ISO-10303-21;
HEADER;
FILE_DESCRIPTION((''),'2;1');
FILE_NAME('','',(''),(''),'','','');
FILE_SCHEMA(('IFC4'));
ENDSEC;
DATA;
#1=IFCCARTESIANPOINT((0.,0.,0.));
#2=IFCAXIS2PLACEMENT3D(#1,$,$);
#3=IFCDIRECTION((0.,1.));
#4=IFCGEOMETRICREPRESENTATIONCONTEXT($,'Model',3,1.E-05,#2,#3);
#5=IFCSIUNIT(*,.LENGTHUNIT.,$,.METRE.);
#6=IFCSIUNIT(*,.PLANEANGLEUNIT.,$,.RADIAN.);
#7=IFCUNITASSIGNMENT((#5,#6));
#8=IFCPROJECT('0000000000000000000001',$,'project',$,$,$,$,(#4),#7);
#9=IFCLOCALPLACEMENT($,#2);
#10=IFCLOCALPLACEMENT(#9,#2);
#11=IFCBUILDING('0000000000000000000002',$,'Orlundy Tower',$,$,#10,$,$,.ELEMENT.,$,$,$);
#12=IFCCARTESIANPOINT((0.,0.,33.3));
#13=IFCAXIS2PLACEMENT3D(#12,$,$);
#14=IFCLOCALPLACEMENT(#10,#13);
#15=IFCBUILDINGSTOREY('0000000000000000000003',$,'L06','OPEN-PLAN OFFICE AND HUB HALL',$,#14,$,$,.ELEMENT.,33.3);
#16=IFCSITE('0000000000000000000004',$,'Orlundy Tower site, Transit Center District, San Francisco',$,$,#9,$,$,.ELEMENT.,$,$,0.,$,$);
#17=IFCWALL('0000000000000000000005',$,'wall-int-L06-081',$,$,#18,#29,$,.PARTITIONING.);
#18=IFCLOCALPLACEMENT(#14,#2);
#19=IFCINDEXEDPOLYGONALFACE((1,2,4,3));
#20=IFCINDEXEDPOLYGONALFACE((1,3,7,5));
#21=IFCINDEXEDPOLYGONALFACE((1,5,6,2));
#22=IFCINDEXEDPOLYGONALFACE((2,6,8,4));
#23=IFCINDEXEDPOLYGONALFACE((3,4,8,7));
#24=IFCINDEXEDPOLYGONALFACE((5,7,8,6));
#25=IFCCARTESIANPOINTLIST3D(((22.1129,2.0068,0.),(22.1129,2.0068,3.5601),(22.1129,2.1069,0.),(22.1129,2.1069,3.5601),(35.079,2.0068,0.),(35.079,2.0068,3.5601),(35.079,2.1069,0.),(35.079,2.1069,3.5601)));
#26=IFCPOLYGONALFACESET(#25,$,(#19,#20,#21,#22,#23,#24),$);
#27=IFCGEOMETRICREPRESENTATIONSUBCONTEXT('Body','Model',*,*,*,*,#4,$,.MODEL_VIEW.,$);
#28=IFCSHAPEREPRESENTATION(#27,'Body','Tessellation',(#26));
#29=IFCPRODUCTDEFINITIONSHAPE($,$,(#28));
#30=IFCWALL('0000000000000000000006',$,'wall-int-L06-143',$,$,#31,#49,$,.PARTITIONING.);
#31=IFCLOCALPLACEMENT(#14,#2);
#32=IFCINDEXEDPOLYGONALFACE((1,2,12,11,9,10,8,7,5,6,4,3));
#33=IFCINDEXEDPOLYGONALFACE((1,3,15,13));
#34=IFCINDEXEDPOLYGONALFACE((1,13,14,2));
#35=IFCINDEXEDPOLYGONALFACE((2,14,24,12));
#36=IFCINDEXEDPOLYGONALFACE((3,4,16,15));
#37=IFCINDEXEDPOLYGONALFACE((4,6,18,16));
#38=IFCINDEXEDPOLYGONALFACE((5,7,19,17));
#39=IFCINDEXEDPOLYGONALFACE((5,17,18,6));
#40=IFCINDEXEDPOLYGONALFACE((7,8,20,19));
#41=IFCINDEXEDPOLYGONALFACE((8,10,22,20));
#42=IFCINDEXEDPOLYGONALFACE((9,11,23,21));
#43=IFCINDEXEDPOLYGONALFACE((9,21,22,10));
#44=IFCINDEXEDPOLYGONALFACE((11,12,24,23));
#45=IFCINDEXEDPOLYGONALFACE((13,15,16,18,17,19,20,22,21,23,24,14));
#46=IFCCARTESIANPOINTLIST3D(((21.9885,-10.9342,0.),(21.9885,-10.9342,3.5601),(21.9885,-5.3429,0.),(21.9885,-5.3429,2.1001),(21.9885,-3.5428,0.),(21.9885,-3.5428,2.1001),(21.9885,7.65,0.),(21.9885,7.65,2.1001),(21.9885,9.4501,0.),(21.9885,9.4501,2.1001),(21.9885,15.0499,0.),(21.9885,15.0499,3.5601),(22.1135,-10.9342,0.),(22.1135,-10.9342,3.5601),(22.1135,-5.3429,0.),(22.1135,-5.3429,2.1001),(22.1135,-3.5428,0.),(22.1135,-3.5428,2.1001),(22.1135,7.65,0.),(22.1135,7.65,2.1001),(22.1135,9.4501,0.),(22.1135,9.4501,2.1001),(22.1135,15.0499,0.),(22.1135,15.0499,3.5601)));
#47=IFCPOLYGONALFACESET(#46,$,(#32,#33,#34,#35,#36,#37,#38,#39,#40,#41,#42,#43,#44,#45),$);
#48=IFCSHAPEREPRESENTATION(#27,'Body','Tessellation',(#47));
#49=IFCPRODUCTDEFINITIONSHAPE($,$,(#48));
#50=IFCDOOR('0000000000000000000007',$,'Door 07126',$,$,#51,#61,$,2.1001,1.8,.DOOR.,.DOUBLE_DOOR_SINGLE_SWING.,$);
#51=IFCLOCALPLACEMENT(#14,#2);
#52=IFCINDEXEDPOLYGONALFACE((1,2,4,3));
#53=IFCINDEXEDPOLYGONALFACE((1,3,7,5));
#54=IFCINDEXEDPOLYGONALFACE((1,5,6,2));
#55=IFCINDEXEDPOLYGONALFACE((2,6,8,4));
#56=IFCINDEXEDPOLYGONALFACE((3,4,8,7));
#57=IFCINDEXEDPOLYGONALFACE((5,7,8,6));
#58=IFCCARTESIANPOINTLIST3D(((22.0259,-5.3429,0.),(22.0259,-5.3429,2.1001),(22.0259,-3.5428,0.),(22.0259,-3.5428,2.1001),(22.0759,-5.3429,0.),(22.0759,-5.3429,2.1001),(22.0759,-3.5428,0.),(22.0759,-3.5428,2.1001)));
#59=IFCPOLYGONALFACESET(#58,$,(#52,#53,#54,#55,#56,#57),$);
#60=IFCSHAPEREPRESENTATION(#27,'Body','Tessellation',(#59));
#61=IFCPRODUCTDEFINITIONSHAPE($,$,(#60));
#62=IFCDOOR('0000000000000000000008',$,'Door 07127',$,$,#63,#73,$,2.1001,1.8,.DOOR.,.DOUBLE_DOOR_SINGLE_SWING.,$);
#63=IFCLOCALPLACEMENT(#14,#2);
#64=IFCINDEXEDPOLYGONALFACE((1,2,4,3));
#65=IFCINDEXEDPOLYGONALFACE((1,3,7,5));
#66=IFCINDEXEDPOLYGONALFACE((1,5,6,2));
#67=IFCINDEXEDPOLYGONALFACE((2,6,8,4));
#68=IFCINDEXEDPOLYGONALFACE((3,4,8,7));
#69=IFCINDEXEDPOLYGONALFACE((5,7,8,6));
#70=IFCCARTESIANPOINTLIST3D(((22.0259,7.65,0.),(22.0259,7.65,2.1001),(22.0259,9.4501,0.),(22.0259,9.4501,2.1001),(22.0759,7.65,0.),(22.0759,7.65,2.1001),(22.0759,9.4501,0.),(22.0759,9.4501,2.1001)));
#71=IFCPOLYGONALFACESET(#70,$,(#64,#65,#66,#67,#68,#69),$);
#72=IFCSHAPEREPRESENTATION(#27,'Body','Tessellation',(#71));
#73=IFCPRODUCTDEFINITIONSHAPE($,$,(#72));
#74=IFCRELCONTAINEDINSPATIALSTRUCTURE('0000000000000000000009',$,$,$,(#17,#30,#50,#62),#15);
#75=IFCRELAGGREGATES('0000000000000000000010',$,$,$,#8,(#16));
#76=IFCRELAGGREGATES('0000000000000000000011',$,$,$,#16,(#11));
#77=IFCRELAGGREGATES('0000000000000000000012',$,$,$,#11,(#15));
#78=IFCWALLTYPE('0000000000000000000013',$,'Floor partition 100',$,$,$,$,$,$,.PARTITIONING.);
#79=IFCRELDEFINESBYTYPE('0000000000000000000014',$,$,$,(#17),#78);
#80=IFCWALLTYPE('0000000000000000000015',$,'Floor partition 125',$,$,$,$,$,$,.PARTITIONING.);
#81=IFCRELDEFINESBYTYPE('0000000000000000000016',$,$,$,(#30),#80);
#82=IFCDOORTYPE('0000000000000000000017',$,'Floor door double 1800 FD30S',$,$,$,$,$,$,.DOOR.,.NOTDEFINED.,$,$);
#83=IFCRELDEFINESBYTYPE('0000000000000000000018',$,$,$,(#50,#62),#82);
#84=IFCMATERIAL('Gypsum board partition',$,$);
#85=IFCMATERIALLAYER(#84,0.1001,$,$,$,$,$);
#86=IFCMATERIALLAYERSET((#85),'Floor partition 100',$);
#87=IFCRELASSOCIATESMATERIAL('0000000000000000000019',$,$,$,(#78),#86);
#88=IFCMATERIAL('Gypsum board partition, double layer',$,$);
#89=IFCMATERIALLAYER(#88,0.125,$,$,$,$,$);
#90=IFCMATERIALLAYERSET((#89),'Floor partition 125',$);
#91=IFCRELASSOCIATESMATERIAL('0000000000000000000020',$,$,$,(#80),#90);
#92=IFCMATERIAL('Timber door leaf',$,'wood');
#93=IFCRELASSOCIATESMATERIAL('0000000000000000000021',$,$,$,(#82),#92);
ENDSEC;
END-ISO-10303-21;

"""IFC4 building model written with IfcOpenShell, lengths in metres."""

from ifc_helpers import new_model, si_unit, direction, frame, frame_2d, origin, place, context, subcontext, project, spatial, rectangle, extrude, material, layer, layer_set, type_object, element, fill, save


model = new_model("IFC4")

# Units and contexts
model_context = context("Model", 3, precision=1e-05, world=origin(), true_north=direction((0.0, 1.0)))
body_context = subcontext(model_context, "Body", "Model", "MODEL_VIEW")
ifc_project = project(units=[si_unit("LENGTHUNIT", "METRE"), si_unit("PLANEANGLEUNIT", "RADIAN")], contexts=[model_context])

# Site, building, storey
site_placement = place(None, origin())
site = spatial("IfcSite", under=ifc_project, at=site_placement, Name="Orlundy Tower site, Transit Center District, San Francisco", CompositionType="ELEMENT", RefElevation=0.0)
building_placement = place(site_placement, origin())
building = spatial("IfcBuilding", under=site, at=building_placement, Name="Orlundy Tower", CompositionType="ELEMENT")
storey_placement = place(building_placement, frame((0.0, 0.0, 33.3)))
storey = spatial("IfcBuildingStorey", under=building, at=storey_placement, Name="L06", Description="OPEN-PLAN OFFICE AND HUB HALL", CompositionType="ELEMENT", Elevation=33.3)

# Wall
ifc_material_1 = material(Name="Gypsum board partition")
ifc_layer_1 = layer(ifc_material_1, 0.1001)
ifc_layer_set_1 = layer_set([ifc_layer_1], Name="Floor partition 100")
wall_type_1 = type_object("IfcWallType", Name="Floor partition 100", PredefinedType="PARTITIONING", material=ifc_layer_set_1)
wall_1_placement = place(storey_placement, frame((22.113, 2.0569, 0.0), z_axis=(0.0, 0.0, 1.0), x_axis=(1.0, 0.0, 0.0)))
element("IfcWall", 1, at=wall_1_placement, inside=storey, type_object=wall_type_1, Name="wall-int-L06-081", PredefinedType="PARTITIONING", context=body_context, shape_type="SweptSolid", body=[
    extrude(rectangle(XDim=12.9661, YDim=0.1001, at=frame_2d((6.4829, 0.0))), origin(), (0.0, 0.0, 1.0), 3.5601),
])

# Wall, openings, doors
ifc_material_2 = material(Name="Gypsum board partition, double layer")
ifc_layer_2 = layer(ifc_material_2, 0.125)
ifc_layer_set_2 = layer_set([ifc_layer_2], Name="Floor partition 125")
wall_type_2 = type_object("IfcWallType", Name="Floor partition 125", PredefinedType="PARTITIONING", material=ifc_layer_set_2)
wall_2_placement = place(storey_placement, frame((22.051, 15.05, 0.0), z_axis=(0.0, 0.0, 1.0), x_axis=(0.0, -1.0, 0.0)))
wall_2 = element("IfcWall", 2, at=wall_2_placement, inside=storey, type_object=wall_type_2, Name="wall-int-L06-143", PredefinedType="PARTITIONING", context=body_context, shape_type="SweptSolid", body=[
    extrude(rectangle(XDim=25.9841, YDim=0.125, at=frame_2d((12.9922, 0.0))), origin(), (0.0, 0.0, 1.0), 3.5601),
])
opening_1_placement = place(wall_2_placement, frame((18.593, 0.0, 0.0)))
opening_1 = element("IfcOpeningElement", 3, at=opening_1_placement, cuts=wall_2, PredefinedType="OPENING", context=body_context, shape_type="SweptSolid", body=[
    extrude(rectangle(XDim=1.8, YDim=2.1001, at=frame_2d((0.8999, 1.05))), frame((0.0, 0.0725, 0.0), z_axis=(0.0, -1.0, 0.0), x_axis=(1.0, 0.0, 0.0)), (0.0, 0.0, 1.0), 0.145),
])
opening_2_placement = place(wall_2_placement, frame((5.6001, 0.0, 0.0)))
opening_2 = element("IfcOpeningElement", 4, at=opening_2_placement, cuts=wall_2, PredefinedType="OPENING", context=body_context, shape_type="SweptSolid", body=[
    extrude(rectangle(XDim=1.8, YDim=2.1001, at=frame_2d((0.8999, 1.05))), frame((0.0, 0.0725, 0.0), z_axis=(0.0, -1.0, 0.0), x_axis=(1.0, 0.0, 0.0)), (0.0, 0.0, 1.0), 0.145),
])
ifc_material_3 = material(Name="Timber door leaf", Category="wood")
door_type = type_object("IfcDoorType", Name="Floor door double 1800 FD30S", OperationType="NOTDEFINED", PredefinedType="DOOR", material=ifc_material_3)
door_1_placement = place(opening_1_placement, origin())
door_1 = element("IfcDoor", 5, at=door_1_placement, inside=storey, type_object=door_type, Name="Door 07126", OperationType="DOUBLE_DOOR_SINGLE_SWING", OverallHeight=2.1001, OverallWidth=1.8, PredefinedType="DOOR", context=body_context, shape_type="SweptSolid", body=[
    extrude(rectangle(XDim=1.8, YDim=2.1001, at=frame_2d((0.8999, 1.05))), frame((0.0, 0.0249, 0.0), z_axis=(0.0, -1.0, 0.0), x_axis=(1.0, 0.0, 0.0)), (0.0, 0.0, 1.0), 0.05),
])
fill(opening_1, door_1)
door_2_placement = place(opening_2_placement, origin())
door_2 = element("IfcDoor", 6, at=door_2_placement, inside=storey, type_object=door_type, Name="Door 07127", OperationType="DOUBLE_DOOR_SINGLE_SWING", OverallHeight=2.1001, OverallWidth=1.8, PredefinedType="DOOR", context=body_context, shape_type="SweptSolid", body=[
    extrude(rectangle(XDim=1.8, YDim=2.1001, at=frame_2d((0.8999, 1.05))), frame((0.0, 0.0249, 0.0), z_axis=(0.0, -1.0, 0.0), x_axis=(1.0, 0.0, 0.0)), (0.0, 0.0, 1.0), 0.05),
])
fill(opening_2, door_2)

save(model, "model.ifc")
